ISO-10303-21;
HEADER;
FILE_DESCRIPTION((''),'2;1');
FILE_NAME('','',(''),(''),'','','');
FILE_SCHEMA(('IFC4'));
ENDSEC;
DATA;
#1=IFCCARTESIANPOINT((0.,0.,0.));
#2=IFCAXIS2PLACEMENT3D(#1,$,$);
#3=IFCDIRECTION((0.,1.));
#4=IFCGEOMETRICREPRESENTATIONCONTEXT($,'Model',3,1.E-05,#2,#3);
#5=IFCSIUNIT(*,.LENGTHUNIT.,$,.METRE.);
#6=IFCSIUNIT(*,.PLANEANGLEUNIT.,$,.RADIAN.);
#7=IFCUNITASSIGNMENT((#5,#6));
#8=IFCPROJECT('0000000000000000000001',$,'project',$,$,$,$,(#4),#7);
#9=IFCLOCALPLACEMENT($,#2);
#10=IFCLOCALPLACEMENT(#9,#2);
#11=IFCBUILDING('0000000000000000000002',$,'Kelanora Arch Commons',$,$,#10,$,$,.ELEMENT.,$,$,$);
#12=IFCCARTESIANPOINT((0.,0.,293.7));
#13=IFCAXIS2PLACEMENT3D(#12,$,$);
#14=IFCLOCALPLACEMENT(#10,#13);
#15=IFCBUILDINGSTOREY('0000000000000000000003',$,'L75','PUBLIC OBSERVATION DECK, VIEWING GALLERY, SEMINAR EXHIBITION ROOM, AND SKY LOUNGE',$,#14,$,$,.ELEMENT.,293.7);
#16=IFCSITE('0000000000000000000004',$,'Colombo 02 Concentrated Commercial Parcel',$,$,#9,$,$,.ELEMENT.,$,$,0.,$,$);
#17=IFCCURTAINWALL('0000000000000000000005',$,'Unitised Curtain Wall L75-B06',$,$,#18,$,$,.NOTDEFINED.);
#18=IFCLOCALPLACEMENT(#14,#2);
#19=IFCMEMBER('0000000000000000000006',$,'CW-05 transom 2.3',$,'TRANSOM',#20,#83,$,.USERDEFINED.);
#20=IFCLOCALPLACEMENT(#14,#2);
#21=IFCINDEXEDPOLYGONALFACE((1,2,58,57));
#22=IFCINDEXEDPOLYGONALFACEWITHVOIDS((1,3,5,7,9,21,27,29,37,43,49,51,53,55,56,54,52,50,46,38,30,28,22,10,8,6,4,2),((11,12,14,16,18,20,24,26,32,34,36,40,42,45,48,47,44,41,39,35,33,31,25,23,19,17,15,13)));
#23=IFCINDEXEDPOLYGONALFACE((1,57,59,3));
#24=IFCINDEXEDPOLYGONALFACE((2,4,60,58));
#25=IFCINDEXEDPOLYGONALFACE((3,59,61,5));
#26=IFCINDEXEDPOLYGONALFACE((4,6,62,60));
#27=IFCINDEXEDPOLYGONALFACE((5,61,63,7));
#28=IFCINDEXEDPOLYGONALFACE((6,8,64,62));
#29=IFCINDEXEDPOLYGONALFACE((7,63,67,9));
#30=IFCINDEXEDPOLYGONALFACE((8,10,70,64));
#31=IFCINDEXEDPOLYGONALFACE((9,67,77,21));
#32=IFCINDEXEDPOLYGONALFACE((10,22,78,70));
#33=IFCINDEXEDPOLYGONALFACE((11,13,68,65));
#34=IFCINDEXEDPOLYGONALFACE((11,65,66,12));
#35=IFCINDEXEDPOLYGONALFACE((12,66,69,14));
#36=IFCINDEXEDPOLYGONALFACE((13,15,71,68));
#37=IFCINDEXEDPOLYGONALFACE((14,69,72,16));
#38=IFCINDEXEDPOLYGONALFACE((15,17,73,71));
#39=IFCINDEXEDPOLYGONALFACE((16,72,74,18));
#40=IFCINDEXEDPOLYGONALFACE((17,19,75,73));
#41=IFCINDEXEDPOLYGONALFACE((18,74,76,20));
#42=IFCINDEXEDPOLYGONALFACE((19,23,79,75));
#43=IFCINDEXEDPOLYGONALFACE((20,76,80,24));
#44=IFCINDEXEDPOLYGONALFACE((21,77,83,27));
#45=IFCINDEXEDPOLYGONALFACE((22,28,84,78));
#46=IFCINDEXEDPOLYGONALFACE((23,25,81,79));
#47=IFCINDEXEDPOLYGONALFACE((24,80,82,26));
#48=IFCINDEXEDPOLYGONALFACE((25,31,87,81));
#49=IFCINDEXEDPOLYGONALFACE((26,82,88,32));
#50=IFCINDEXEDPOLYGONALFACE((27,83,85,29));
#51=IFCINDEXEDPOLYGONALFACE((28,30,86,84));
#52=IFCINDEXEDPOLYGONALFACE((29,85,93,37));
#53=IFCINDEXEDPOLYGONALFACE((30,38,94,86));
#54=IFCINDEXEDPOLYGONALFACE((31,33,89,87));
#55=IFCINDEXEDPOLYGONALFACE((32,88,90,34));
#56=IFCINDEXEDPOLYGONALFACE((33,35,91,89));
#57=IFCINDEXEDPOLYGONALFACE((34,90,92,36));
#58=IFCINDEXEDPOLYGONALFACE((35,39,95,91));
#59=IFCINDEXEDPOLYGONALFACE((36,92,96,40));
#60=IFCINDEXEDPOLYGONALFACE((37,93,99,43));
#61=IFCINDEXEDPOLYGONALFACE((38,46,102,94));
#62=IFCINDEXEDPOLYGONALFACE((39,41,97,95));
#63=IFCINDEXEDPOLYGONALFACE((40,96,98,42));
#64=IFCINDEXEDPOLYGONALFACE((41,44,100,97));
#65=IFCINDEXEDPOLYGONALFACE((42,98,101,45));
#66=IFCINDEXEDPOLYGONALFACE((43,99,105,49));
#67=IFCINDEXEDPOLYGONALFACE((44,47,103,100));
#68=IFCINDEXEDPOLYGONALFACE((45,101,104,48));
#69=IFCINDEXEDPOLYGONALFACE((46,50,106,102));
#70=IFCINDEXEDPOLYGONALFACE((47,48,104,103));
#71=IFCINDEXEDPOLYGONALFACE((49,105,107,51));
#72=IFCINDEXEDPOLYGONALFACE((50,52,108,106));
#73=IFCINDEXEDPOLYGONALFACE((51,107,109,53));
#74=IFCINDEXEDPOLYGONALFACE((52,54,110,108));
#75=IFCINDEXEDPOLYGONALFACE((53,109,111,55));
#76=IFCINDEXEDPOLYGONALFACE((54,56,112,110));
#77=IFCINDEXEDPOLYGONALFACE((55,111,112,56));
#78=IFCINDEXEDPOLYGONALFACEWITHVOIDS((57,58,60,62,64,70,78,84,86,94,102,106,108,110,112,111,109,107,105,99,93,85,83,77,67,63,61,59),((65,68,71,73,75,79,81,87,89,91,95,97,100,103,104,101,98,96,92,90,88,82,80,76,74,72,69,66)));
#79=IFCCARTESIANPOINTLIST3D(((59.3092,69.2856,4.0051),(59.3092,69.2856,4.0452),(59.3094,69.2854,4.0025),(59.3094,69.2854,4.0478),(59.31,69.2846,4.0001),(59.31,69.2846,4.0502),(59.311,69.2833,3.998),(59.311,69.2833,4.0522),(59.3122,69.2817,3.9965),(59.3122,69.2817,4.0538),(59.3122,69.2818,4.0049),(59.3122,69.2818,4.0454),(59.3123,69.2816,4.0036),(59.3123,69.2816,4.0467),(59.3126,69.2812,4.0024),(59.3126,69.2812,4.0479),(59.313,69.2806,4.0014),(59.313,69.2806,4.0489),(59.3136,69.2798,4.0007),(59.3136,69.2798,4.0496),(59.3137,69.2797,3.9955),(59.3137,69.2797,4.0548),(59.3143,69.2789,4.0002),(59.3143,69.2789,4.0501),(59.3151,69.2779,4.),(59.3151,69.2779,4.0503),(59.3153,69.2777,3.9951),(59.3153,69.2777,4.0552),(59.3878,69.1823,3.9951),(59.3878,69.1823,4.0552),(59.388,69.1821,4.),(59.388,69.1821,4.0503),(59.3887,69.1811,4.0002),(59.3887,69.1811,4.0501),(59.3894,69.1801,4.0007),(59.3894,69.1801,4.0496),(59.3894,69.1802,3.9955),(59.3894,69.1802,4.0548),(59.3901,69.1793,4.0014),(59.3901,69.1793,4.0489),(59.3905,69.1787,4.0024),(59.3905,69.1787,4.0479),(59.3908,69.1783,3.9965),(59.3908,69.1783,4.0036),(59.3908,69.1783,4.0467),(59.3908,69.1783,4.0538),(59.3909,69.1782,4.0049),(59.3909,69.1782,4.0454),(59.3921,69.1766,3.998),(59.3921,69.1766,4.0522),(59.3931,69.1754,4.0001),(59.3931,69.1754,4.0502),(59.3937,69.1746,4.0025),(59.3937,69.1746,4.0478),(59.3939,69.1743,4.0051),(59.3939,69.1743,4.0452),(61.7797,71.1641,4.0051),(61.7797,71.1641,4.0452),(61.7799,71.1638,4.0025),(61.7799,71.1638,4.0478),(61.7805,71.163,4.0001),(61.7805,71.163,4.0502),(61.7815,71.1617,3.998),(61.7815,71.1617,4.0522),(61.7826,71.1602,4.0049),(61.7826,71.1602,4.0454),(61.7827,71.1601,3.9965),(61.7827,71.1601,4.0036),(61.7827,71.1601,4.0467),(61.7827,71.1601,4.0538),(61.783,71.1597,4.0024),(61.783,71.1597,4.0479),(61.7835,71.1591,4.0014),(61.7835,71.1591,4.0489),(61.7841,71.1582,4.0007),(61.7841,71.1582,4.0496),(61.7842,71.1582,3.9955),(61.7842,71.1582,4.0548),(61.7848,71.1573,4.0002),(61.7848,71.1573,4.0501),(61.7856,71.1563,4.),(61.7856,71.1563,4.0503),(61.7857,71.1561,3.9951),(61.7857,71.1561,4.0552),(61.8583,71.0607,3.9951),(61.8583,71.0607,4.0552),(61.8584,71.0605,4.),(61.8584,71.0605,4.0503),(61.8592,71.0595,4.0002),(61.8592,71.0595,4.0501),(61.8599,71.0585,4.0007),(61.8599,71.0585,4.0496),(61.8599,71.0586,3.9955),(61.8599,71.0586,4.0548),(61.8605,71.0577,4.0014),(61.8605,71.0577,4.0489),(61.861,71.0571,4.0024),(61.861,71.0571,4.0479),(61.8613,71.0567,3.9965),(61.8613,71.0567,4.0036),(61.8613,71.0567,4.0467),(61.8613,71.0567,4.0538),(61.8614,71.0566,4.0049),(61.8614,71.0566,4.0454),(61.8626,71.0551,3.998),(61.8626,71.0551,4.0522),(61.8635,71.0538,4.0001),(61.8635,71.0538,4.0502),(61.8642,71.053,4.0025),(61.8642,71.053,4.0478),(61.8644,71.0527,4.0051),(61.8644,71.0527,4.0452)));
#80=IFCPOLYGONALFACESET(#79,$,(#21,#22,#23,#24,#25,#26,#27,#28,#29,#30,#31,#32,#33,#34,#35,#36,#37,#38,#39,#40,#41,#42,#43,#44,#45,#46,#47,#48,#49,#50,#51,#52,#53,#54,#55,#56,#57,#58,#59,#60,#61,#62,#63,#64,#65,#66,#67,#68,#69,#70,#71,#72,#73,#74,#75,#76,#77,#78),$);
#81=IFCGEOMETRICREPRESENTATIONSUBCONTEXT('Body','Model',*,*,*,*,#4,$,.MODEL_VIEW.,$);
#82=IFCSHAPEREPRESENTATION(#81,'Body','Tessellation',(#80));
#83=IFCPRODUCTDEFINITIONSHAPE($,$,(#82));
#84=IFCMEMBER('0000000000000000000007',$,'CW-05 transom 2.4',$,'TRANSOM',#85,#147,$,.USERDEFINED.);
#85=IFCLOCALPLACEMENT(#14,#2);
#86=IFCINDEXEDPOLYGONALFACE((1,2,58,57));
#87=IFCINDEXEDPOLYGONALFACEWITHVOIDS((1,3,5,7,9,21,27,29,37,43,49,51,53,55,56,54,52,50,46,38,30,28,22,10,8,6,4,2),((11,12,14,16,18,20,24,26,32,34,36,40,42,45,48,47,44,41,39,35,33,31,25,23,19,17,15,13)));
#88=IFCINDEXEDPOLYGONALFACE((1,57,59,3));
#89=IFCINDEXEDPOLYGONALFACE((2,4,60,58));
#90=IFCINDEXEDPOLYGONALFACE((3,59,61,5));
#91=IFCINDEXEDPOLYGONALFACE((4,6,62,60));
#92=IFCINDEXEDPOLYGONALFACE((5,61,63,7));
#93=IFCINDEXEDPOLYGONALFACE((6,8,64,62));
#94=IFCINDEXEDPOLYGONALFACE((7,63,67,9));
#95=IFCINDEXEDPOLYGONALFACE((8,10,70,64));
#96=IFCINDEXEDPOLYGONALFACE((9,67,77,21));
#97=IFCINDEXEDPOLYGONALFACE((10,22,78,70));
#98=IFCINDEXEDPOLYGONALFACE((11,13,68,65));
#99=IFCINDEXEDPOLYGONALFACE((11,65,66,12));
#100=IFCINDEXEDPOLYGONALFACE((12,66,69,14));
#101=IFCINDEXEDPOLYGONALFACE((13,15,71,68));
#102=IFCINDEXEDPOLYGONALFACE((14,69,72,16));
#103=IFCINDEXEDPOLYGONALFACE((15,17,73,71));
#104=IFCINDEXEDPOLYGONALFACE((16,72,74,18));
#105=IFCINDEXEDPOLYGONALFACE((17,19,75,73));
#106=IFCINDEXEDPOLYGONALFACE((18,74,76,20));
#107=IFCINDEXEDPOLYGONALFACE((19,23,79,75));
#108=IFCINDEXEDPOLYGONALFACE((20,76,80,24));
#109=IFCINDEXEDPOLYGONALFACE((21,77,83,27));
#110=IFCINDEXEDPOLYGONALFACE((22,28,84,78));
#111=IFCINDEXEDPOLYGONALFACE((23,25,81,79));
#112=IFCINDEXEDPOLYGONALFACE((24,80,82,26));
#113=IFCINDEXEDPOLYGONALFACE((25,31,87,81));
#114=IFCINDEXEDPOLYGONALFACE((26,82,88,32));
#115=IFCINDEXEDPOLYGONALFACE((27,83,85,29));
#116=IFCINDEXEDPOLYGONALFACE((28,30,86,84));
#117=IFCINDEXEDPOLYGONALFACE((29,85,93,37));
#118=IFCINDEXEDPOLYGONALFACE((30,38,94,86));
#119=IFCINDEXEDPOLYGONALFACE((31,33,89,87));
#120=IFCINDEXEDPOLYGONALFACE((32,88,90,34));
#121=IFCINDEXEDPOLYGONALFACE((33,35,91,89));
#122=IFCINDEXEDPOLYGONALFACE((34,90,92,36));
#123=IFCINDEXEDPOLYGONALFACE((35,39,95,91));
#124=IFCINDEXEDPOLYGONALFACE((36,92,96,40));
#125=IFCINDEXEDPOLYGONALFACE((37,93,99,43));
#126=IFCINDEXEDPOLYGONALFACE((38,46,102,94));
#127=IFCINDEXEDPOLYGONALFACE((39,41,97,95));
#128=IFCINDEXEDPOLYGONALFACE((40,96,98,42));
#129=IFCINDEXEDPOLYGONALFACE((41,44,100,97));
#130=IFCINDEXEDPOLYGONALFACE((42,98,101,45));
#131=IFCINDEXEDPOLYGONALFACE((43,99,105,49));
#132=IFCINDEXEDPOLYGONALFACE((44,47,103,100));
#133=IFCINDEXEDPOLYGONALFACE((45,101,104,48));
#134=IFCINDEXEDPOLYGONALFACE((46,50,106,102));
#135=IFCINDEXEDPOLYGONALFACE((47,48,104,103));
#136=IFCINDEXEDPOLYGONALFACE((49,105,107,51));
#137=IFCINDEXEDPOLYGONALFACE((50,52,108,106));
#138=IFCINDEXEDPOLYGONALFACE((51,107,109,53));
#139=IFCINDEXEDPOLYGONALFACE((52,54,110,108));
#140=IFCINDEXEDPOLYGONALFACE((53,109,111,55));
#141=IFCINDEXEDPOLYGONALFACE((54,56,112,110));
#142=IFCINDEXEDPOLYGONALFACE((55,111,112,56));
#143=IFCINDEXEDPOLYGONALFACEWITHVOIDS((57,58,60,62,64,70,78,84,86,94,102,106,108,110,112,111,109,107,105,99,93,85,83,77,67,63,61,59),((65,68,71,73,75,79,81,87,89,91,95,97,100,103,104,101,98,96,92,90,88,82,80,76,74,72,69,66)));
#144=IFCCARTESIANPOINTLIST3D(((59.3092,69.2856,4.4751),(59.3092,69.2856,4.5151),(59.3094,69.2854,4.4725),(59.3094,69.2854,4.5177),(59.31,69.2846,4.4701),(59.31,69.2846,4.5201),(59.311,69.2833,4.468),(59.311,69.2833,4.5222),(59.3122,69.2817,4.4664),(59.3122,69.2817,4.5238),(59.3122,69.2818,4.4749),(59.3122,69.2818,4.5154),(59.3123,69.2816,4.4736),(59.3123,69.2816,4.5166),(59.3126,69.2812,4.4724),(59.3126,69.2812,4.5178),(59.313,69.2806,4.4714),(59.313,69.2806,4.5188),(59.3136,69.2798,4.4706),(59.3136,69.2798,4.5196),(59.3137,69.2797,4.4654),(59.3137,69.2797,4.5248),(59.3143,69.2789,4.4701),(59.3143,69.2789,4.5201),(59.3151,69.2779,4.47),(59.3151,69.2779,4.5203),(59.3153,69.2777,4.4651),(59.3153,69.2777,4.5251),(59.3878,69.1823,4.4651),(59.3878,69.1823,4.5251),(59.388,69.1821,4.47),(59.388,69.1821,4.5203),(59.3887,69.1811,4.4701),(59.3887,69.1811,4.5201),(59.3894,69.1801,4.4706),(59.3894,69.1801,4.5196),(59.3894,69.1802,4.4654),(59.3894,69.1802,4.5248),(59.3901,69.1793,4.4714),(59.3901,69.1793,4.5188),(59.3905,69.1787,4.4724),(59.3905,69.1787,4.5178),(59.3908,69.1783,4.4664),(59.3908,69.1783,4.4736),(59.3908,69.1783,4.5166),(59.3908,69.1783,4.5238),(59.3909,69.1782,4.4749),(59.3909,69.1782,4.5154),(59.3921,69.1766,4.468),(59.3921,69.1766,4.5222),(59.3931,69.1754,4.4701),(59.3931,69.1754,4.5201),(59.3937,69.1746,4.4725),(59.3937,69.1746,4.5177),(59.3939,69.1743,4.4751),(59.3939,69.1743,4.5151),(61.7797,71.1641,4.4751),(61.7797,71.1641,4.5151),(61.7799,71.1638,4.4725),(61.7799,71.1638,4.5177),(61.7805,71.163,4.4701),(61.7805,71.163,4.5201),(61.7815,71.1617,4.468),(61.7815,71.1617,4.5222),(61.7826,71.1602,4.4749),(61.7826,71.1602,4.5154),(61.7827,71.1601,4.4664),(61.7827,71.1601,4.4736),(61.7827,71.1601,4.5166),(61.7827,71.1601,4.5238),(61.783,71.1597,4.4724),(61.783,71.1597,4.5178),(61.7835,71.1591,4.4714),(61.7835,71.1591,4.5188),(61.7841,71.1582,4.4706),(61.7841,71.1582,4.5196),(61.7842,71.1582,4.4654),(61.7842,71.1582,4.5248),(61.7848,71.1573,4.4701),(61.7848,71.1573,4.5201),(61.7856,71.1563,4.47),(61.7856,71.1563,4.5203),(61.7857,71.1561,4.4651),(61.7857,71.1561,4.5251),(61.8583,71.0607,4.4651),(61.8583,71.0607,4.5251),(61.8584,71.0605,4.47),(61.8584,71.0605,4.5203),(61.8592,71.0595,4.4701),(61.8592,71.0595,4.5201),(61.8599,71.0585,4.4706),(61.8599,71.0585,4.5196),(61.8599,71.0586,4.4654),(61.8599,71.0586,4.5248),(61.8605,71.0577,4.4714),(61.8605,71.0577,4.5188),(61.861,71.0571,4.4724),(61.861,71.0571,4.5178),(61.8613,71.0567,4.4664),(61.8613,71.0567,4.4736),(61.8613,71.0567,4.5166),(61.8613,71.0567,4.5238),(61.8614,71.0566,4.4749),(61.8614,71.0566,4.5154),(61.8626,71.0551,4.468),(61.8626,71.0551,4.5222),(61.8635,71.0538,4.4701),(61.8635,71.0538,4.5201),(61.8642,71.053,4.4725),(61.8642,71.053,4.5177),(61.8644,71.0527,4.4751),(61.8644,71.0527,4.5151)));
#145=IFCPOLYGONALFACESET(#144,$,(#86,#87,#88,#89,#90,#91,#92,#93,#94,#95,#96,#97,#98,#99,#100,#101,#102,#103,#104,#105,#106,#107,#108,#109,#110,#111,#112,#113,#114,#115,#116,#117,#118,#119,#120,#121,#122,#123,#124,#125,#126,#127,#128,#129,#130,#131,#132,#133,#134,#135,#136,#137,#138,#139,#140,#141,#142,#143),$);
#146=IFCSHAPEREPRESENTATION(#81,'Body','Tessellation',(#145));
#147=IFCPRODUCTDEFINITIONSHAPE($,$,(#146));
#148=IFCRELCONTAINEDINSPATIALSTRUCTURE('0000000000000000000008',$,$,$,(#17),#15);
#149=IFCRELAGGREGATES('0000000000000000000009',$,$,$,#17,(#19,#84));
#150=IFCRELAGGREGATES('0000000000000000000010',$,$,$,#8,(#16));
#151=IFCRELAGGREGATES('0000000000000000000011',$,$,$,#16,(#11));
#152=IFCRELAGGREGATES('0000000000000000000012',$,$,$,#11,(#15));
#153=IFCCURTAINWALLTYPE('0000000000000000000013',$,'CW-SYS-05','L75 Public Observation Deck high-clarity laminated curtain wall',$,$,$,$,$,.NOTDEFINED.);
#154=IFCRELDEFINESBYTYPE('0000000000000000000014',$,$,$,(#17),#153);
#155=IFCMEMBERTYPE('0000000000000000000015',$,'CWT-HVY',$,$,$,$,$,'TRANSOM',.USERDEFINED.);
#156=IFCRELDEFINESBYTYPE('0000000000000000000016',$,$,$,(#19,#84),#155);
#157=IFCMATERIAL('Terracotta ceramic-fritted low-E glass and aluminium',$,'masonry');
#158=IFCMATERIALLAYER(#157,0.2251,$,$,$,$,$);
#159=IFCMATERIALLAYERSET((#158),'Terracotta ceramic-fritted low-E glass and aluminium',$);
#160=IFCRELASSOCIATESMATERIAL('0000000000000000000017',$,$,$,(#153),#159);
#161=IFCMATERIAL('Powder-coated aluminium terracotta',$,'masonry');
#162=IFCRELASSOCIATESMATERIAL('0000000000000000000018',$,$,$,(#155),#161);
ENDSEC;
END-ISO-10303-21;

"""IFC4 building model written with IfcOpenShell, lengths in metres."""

from ifc_helpers import new_model, si_unit, direction, frame, origin, origin_2d, place, context, subcontext, project, spatial, hollow_rectangle, extrude, material, layer, layer_set, material_profile, profile_set, type_object, element, aggregate, save


model = new_model("IFC4")

# Units and contexts
model_context = context("Model", 3, precision=1e-05, world=origin(), true_north=direction((0.0, 1.0)))
body_context = subcontext(model_context, "Body", "Model", "MODEL_VIEW")
ifc_project = project(units=[si_unit("LENGTHUNIT", "METRE"), si_unit("PLANEANGLEUNIT", "RADIAN")], contexts=[model_context])

# Site, building, storey
site_placement = place(None, origin())
site = spatial("IfcSite", under=ifc_project, at=site_placement, Name="Colombo 02 Concentrated Commercial Parcel", CompositionType="ELEMENT", RefElevation=0.0)
building_placement = place(site_placement, origin())
building = spatial("IfcBuilding", under=site, at=building_placement, Name="Kelanora Arch Commons", CompositionType="ELEMENT")
storey_placement = place(building_placement, frame((0.0, 0.0, 293.7)))
storey = spatial("IfcBuildingStorey", under=building, at=storey_placement, Name="L75", Description="PUBLIC OBSERVATION DECK, VIEWING GALLERY, SEMINAR EXHIBITION ROOM, AND SKY LOUNGE", CompositionType="ELEMENT", Elevation=293.7)

# Curtain wall
ifc_material_1 = material(Name="Terracotta ceramic-fritted low-E glass and aluminium", Category="masonry")
ifc_layer_1 = layer(ifc_material_1, 0.2251)
ifc_layer_set_1 = layer_set([ifc_layer_1], Name="Terracotta ceramic-fritted low-E glass and aluminium")
curtain_wall_type = type_object("IfcCurtainWallType", Name="CW-SYS-05", Description="L75 Public Observation Deck high-clarity laminated curtain wall", PredefinedType="NOTDEFINED", material=ifc_layer_set_1)
curtain_wall_1_placement = place(storey_placement, origin())
curtain_wall_1 = element("IfcCurtainWall", 1, at=curtain_wall_1_placement, inside=storey, type_object=curtain_wall_type, Name="Unitised Curtain Wall L75-B06", PredefinedType="NOTDEFINED")
ifc_material_2 = material(Name="Powder-coated aluminium terracotta", Category="masonry")

# Members
ifc_material_profile_1 = material_profile(ifc_material_2, hollow_rectangle(XDim=0.1399, YDim=0.0601, WallThickness=0.0049, InnerFilletRadius=0.0049, OuterFilletRadius=0.01, at=origin_2d()), Name="CWT140x60")
ifc_profile_set_1 = profile_set([ifc_material_profile_1], Name="Powder-coated aluminium terracotta")
member_type_1 = type_object("IfcMemberType", Name="CWT-HVY", ElementType="TRANSOM", PredefinedType="USERDEFINED", material=ifc_profile_set_1)
member_1_placement = place(storey_placement, frame((61.822, 71.1084, 4.0251), z_axis=(-0.796027, -0.605261, 0.0), x_axis=(0.605261, -0.796027, 0.0)))
member_1 = element("IfcMember", 2, at=member_1_placement, type_object=member_type_1, Name="CW-05 transom 2.3", ObjectType="TRANSOM", PredefinedType="USERDEFINED", context=body_context, shape_type="SweptSolid", body=[
    extrude(hollow_rectangle(XDim=0.1399, YDim=0.0601, WallThickness=0.0049, InnerFilletRadius=0.0049, OuterFilletRadius=0.01, at=origin_2d()), origin(), (0.0, 0.0, 1.0), 3.1035),
])
member_2_placement = place(storey_placement, frame((61.822, 71.1084, 4.4951), z_axis=(-0.796027, -0.605261, 0.0), x_axis=(0.605261, -0.796027, 0.0)))
member_2 = element("IfcMember", 3, at=member_2_placement, type_object=member_type_1, Name="CW-05 transom 2.4", ObjectType="TRANSOM", PredefinedType="USERDEFINED", context=body_context, shape_type="SweptSolid", body=[
    extrude(hollow_rectangle(XDim=0.1399, YDim=0.0601, WallThickness=0.0049, InnerFilletRadius=0.0049, OuterFilletRadius=0.01, at=origin_2d()), origin(), (0.0, 0.0, 1.0), 3.1035),
])

aggregate(curtain_wall_1, [member_1, member_2])

save(model, "model.ifc")
